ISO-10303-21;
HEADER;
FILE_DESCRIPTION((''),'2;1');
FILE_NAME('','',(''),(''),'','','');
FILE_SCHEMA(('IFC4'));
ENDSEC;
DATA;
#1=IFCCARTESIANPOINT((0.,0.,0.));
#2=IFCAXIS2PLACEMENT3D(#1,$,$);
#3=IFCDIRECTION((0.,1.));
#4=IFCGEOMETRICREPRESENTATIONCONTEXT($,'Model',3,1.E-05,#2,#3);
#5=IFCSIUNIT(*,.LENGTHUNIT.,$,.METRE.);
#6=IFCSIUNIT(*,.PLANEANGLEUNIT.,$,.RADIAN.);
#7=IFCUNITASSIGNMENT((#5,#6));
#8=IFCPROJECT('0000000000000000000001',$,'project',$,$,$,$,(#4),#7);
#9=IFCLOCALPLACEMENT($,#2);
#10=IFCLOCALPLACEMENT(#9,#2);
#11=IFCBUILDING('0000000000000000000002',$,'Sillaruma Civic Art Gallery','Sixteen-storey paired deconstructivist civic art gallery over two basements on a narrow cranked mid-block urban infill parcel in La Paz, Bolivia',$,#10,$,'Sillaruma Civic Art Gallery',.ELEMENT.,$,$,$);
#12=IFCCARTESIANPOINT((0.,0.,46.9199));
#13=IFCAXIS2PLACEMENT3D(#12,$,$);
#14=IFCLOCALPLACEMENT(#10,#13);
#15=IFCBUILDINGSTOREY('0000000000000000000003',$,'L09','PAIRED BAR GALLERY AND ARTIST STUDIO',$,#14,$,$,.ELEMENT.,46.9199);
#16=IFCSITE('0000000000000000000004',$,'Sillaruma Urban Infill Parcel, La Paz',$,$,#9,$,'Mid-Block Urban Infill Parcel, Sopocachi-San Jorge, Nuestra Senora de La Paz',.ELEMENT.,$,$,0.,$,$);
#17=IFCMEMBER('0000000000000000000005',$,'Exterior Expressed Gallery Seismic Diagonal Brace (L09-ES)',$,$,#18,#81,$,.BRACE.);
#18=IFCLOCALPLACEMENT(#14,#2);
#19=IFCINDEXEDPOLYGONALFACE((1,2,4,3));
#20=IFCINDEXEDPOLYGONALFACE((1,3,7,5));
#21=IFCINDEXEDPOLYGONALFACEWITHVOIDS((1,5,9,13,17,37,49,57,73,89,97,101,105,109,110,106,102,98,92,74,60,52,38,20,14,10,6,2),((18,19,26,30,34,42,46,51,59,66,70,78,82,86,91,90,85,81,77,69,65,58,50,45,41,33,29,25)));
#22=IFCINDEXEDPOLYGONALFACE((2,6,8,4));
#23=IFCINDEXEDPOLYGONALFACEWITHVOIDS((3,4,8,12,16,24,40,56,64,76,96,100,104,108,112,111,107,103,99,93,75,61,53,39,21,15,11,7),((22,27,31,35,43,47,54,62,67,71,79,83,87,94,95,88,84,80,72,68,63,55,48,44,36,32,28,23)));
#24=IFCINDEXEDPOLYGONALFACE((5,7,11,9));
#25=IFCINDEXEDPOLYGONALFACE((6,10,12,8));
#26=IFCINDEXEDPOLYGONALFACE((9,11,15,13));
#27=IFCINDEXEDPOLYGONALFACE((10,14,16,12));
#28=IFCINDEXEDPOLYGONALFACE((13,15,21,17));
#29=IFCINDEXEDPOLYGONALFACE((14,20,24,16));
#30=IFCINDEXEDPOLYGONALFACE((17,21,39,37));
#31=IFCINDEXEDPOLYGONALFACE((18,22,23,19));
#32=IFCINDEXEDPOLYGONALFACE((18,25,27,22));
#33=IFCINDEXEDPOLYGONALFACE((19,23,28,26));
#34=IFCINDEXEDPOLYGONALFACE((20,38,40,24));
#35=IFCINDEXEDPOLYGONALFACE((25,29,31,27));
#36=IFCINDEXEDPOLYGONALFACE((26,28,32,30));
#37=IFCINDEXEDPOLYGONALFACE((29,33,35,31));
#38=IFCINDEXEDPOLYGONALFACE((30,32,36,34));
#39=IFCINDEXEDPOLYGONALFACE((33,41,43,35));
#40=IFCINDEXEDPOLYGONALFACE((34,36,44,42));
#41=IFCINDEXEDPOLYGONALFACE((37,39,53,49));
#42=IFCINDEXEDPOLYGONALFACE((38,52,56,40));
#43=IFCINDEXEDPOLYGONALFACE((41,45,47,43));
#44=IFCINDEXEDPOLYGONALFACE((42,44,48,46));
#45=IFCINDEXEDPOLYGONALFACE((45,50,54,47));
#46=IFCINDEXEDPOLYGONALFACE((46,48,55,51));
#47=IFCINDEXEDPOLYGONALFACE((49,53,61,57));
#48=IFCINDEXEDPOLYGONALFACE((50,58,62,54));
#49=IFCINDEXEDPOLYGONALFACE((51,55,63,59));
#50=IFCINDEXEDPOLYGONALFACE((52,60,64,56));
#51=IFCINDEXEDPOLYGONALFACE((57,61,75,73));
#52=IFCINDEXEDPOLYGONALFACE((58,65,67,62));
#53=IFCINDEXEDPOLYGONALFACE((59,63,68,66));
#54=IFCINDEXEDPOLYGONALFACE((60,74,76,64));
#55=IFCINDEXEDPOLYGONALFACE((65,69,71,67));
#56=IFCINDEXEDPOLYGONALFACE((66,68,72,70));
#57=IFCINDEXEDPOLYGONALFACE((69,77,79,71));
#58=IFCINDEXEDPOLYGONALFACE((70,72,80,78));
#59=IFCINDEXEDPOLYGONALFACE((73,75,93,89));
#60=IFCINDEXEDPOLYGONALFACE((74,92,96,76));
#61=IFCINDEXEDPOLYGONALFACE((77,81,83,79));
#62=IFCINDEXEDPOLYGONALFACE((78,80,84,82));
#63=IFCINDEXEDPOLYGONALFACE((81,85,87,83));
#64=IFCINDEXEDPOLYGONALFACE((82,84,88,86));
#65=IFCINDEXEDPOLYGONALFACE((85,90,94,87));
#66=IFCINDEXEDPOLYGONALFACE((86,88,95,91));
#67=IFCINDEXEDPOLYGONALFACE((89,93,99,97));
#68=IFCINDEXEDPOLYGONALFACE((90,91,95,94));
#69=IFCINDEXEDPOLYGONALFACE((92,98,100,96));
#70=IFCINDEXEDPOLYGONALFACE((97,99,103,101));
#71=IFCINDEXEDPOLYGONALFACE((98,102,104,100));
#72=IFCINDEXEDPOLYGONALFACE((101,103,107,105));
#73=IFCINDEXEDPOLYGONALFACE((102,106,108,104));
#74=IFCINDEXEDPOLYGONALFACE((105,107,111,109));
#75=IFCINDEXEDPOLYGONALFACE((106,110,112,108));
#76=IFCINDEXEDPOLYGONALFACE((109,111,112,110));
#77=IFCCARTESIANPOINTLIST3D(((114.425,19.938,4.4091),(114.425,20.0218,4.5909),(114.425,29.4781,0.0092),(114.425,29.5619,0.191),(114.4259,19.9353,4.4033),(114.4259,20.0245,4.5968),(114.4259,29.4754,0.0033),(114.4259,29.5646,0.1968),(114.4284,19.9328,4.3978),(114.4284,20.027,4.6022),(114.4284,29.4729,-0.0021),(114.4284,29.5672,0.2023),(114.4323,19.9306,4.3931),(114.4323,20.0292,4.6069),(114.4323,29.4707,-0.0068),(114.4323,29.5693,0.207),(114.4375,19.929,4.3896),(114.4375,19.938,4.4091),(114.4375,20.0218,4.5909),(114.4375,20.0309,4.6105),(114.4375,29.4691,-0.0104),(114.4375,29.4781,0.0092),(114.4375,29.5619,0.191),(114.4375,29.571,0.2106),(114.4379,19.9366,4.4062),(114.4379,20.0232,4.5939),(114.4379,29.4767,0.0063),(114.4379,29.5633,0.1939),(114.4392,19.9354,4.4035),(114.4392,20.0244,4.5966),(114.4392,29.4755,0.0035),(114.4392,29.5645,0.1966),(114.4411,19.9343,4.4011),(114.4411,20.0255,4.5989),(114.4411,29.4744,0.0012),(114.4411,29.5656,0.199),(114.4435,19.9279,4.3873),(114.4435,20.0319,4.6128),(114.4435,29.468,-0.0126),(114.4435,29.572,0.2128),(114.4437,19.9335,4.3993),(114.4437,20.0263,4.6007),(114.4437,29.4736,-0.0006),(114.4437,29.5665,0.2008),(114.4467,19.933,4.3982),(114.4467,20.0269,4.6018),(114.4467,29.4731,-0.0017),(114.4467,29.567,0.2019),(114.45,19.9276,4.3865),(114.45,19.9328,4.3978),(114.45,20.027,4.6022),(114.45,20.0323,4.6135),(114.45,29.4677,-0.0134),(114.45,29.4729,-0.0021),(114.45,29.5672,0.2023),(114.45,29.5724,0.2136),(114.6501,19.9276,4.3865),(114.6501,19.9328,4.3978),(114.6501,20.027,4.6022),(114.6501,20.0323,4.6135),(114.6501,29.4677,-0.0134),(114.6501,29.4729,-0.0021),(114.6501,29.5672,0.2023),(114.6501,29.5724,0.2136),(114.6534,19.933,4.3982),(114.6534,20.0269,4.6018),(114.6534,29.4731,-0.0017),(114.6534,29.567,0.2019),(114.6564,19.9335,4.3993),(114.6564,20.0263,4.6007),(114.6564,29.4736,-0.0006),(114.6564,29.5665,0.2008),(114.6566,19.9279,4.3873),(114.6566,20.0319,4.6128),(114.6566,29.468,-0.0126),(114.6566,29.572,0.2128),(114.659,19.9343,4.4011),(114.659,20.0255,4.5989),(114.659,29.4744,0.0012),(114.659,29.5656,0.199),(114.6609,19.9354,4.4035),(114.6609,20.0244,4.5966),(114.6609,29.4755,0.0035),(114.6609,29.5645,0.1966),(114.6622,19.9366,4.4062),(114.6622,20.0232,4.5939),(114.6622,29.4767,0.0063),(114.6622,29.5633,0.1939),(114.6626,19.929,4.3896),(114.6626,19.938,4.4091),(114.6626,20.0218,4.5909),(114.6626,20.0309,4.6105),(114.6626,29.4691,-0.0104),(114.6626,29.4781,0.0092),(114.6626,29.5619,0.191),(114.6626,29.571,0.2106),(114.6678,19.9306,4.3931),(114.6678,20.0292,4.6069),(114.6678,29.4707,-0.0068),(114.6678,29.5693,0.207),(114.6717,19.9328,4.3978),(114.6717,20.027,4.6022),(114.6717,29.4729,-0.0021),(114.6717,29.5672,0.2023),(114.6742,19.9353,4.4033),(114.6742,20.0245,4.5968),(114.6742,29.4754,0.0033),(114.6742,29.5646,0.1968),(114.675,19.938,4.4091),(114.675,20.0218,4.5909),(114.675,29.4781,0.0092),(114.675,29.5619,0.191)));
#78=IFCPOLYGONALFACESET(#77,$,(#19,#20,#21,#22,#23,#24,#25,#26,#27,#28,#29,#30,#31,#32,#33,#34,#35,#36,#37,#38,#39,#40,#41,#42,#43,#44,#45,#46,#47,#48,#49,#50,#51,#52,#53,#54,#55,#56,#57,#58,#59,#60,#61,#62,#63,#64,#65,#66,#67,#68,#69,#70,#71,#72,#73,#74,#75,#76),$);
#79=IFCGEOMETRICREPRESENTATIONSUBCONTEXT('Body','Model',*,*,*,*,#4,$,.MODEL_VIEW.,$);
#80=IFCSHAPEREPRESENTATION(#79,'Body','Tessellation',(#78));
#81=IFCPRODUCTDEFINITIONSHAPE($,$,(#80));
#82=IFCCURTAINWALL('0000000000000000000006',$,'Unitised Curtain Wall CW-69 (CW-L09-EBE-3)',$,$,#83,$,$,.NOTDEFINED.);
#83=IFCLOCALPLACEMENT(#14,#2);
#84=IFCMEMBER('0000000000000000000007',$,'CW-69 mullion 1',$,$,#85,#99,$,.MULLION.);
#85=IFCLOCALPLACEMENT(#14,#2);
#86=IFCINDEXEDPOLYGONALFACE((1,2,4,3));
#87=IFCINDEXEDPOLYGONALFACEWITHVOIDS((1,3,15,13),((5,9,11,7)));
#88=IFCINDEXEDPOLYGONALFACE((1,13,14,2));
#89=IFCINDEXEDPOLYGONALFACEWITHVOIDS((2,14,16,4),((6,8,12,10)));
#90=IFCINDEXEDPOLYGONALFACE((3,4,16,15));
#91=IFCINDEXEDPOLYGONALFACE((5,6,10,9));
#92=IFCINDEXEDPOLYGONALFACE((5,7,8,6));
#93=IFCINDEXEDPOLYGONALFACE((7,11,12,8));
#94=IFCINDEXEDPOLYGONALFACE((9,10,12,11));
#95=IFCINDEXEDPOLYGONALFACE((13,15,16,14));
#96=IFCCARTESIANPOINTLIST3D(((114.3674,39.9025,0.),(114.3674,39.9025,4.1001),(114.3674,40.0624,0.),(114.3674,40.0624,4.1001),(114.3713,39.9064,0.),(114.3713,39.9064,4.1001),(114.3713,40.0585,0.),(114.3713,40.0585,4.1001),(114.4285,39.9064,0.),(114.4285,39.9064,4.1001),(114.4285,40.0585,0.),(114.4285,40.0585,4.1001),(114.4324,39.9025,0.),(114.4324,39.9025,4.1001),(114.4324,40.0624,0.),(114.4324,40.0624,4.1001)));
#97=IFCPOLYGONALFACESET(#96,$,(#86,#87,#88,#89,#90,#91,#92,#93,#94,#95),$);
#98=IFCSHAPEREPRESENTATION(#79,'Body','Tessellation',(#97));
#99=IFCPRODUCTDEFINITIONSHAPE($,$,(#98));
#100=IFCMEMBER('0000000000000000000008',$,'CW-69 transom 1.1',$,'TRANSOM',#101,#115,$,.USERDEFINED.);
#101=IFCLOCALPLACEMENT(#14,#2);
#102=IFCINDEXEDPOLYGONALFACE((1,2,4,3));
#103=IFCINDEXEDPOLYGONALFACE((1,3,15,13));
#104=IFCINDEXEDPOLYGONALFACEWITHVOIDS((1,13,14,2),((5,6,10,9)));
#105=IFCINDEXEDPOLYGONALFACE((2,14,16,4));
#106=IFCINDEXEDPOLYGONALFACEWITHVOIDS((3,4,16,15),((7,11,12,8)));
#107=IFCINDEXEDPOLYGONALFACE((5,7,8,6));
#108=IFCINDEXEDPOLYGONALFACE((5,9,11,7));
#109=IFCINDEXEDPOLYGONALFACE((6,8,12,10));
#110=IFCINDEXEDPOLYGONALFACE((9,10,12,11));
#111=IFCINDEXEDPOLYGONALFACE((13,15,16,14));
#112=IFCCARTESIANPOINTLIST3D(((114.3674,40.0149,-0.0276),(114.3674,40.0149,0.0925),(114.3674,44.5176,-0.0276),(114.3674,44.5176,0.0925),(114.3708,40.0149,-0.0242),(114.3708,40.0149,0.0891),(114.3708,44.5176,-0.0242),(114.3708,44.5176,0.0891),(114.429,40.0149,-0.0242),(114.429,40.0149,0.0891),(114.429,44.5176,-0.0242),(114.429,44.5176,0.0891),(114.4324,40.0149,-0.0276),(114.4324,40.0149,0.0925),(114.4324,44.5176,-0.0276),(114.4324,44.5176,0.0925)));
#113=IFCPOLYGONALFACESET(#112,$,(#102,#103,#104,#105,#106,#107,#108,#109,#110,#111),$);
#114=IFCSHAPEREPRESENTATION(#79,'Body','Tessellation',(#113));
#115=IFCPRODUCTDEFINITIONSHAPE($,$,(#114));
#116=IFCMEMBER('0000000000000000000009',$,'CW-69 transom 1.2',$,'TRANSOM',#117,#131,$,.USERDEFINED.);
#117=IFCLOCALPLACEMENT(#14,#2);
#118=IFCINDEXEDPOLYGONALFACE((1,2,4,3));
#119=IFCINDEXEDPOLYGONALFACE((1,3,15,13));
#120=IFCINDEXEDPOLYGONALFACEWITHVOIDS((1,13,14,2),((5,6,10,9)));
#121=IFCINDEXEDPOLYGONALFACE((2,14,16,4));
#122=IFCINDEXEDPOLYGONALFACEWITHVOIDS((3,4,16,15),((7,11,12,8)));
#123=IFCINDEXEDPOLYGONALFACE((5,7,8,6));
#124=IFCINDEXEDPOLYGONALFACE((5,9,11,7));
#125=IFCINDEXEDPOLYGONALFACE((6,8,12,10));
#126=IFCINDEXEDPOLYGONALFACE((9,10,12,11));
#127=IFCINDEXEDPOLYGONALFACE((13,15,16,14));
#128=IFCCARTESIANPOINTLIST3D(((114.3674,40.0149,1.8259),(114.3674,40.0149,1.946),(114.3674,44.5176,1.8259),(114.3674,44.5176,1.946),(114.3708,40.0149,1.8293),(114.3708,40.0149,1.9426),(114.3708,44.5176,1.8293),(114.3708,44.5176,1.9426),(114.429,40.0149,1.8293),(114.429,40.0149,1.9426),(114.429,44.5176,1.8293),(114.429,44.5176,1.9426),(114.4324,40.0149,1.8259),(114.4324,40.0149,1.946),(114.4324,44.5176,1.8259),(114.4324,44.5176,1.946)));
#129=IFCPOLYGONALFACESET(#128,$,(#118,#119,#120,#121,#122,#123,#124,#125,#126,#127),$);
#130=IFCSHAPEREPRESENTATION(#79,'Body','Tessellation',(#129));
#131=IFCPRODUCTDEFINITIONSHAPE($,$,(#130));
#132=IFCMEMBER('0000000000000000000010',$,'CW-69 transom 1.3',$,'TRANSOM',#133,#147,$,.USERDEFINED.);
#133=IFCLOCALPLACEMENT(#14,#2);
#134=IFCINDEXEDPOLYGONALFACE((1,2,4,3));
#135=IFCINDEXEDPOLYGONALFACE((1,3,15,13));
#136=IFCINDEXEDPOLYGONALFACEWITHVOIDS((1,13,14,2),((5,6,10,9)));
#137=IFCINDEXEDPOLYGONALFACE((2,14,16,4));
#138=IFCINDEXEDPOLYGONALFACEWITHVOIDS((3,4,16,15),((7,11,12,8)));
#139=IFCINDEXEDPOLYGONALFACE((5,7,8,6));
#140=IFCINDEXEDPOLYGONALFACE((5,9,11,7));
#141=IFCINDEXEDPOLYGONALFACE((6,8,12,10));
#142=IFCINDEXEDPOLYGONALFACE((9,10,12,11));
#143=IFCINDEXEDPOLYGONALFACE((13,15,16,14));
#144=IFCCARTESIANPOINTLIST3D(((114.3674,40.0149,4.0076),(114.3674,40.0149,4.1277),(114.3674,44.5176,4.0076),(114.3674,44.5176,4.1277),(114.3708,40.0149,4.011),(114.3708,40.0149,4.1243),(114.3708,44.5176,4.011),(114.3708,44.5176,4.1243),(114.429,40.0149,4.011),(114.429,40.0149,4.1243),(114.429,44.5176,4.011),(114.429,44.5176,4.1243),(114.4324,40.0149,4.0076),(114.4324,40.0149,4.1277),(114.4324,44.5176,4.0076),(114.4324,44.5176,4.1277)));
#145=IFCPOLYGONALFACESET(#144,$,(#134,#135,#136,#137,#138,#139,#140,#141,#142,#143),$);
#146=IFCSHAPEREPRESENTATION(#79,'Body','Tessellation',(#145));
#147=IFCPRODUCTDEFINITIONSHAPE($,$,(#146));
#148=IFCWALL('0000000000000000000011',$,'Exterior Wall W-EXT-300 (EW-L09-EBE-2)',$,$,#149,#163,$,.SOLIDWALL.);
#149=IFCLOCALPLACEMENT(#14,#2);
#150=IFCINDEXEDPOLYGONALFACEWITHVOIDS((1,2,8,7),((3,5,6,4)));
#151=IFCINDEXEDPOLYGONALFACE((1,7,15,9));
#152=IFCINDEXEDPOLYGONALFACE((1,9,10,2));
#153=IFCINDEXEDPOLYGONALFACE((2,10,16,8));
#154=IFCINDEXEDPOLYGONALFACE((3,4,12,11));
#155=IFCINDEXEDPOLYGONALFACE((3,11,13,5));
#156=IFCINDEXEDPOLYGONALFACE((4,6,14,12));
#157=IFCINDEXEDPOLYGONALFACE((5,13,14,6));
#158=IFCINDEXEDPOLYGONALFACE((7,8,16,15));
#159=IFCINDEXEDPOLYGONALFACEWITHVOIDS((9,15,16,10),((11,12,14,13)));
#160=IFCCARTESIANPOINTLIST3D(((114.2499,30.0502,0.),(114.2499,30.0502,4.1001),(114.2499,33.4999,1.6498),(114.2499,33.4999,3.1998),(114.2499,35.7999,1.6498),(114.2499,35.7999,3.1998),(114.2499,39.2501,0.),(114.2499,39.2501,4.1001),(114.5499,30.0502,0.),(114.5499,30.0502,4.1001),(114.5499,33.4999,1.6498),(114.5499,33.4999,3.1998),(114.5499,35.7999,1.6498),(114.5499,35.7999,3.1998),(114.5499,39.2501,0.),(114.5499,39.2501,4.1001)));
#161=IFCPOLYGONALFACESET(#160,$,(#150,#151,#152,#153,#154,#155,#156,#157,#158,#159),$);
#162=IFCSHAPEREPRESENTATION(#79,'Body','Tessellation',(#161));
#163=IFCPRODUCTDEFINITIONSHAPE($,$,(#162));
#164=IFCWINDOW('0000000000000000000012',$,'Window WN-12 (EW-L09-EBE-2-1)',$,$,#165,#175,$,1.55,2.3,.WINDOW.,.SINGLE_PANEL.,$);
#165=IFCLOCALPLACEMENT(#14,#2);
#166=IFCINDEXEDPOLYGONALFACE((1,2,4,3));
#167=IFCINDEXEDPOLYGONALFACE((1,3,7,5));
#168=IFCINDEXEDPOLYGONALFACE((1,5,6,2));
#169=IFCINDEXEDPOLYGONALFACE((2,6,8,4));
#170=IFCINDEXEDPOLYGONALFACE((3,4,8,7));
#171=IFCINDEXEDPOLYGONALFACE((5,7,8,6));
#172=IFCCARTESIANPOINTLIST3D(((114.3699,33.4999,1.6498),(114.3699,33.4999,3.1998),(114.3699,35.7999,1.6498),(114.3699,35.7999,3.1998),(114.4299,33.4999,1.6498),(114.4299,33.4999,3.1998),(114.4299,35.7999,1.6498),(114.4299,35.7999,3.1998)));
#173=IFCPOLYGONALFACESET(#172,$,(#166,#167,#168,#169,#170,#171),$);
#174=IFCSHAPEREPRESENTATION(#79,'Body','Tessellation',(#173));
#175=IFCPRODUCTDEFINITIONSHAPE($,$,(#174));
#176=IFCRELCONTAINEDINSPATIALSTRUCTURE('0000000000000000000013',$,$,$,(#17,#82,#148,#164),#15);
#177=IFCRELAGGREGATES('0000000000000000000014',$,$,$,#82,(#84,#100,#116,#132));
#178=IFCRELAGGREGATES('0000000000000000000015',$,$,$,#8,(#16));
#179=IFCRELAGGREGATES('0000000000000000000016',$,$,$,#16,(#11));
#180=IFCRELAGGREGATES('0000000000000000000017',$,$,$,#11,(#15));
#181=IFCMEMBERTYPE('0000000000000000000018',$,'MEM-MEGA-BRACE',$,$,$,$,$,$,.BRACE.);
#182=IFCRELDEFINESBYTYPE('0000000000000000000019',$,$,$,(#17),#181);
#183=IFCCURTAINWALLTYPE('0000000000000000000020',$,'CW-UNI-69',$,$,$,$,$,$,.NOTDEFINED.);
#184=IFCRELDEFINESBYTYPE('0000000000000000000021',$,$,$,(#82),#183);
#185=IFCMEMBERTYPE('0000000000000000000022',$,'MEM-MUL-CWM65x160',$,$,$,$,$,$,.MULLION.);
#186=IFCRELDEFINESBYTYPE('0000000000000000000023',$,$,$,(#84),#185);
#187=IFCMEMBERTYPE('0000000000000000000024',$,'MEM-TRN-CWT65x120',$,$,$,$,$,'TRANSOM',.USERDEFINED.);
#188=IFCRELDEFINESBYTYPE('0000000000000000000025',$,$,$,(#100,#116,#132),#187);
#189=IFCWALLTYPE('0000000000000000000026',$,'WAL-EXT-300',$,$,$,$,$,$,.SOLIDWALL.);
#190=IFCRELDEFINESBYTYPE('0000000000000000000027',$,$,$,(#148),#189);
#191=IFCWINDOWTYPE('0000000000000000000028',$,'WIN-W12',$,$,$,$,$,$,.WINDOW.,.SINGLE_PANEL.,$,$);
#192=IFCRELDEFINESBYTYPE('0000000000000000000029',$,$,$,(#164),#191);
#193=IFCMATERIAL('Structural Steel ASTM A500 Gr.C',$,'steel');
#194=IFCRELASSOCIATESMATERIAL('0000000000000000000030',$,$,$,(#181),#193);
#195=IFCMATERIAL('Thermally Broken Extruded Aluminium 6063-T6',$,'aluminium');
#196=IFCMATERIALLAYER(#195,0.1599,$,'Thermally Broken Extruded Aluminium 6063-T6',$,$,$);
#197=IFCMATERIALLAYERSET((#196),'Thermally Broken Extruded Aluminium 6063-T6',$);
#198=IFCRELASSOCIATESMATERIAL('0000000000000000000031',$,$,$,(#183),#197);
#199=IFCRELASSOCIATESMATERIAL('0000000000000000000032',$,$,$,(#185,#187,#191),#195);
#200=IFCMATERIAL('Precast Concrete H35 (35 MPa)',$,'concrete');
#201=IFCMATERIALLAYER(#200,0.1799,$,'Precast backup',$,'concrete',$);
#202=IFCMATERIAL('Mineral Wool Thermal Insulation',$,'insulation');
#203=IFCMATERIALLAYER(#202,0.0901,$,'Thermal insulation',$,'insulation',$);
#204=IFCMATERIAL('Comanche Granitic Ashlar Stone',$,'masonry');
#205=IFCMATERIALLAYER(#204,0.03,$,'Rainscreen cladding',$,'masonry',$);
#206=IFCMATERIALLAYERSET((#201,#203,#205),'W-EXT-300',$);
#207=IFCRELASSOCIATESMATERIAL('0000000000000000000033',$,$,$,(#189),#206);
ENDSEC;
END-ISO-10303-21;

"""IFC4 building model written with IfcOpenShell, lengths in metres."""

from ifc_helpers import new_model, si_unit, direction, frame, frame_2d, origin, origin_2d, place, context, subcontext, project, spatial, rectangle, hollow_rectangle, extrude, material, layer, layer_set, material_profile, profile_set, type_object, element, fill, aggregate, save


model = new_model("IFC4")

# Units and contexts
model_context = context("Model", 3, precision=1e-05, world=origin(), true_north=direction((0.0, 1.0)))
body_context = subcontext(model_context, "Body", "Model", "MODEL_VIEW")
ifc_project = project(units=[si_unit("LENGTHUNIT", "METRE"), si_unit("PLANEANGLEUNIT", "RADIAN")], contexts=[model_context])

# Site, building, storey
site_placement = place(None, origin())
site = spatial("IfcSite", under=ifc_project, at=site_placement, Name="Sillaruma Urban Infill Parcel, La Paz", LongName="Mid-Block Urban Infill Parcel, Sopocachi-San Jorge, Nuestra Senora de La Paz", CompositionType="ELEMENT", RefElevation=0.0)
building_placement = place(site_placement, origin())
building = spatial("IfcBuilding", under=site, at=building_placement, Name="Sillaruma Civic Art Gallery", Description="Sixteen-storey paired deconstructivist civic art gallery over two basements on a narrow cranked mid-block urban infill parcel in La Paz, Bolivia", LongName="Sillaruma Civic Art Gallery", CompositionType="ELEMENT")
storey_placement = place(building_placement, frame((0.0, 0.0, 46.9199)))
storey = spatial("IfcBuildingStorey", under=building, at=storey_placement, Name="L09", Description="PAIRED BAR GALLERY AND ARTIST STUDIO", CompositionType="ELEMENT", Elevation=46.9199)

# Member
ifc_material_1 = material(Name="Structural Steel ASTM A500 Gr.C", Category="steel")
ifc_material_profile_1 = material_profile(ifc_material_1, hollow_rectangle(XDim=0.25, YDim=0.25, WallThickness=0.0125, InnerFilletRadius=0.0125, OuterFilletRadius=0.0249, at=origin_2d()), Name="HSS250x250x12.5")
ifc_profile_set_1 = profile_set([ifc_material_profile_1], Name="Structural Steel ASTM A500 Gr.C")
member_type_1 = type_object("IfcMemberType", Name="MEM-MEGA-BRACE", PredefinedType="BRACE", material=ifc_profile_set_1)
member_1_placement = place(storey_placement, frame((114.55, 29.52, 0.1001), z_axis=(0.0, -0.908075, 0.418808), x_axis=(1.0, 0.0, 0.0)))
element("IfcMember", 1, at=member_1_placement, inside=storey, type_object=member_type_1, Name="Exterior Expressed Gallery Seismic Diagonal Brace (L09-ES)", PredefinedType="BRACE", context=body_context, shape_type="SweptSolid", body=[
    extrude(hollow_rectangle(XDim=0.25, YDim=0.25, WallThickness=0.0125, InnerFilletRadius=0.0125, OuterFilletRadius=0.0249, at=origin_2d()), origin(), (0.0, 0.0, 1.0), 10.5059),
])

# Curtain wall, members
ifc_material_2 = material(Name="Thermally Broken Extruded Aluminium 6063-T6", Category="aluminium")
ifc_layer_1 = layer(ifc_material_2, 0.1599, Name="Thermally Broken Extruded Aluminium 6063-T6")
ifc_layer_set_1 = layer_set([ifc_layer_1], Name="Thermally Broken Extruded Aluminium 6063-T6")
curtain_wall_type = type_object("IfcCurtainWallType", Name="CW-UNI-69", PredefinedType="NOTDEFINED", material=ifc_layer_set_1)
curtain_wall_placement = place(storey_placement, origin())
curtain_wall = element("IfcCurtainWall", 2, at=curtain_wall_placement, inside=storey, type_object=curtain_wall_type, Name="Unitised Curtain Wall CW-69 (CW-L09-EBE-3)", PredefinedType="NOTDEFINED")
ifc_material_profile_2 = material_profile(ifc_material_2, hollow_rectangle(XDim=0.0649, YDim=0.1599, WallThickness=0.0039, at=origin_2d()), Name="CWM65x160")
ifc_profile_set_2 = profile_set([ifc_material_profile_2], Name="Thermally Broken Extruded Aluminium 6063-T6")
member_type_2 = type_object("IfcMemberType", Name="MEM-MUL-CWM65x160", PredefinedType="MULLION", material=ifc_profile_set_2)
member_2_placement = place(storey_placement, frame((114.3999, 39.9824, 0.0), z_axis=(0.0, 0.0, 1.0), x_axis=(-1.0, 0.0, 0.0)))
member_2 = element("IfcMember", 3, at=member_2_placement, type_object=member_type_2, Name="CW-69 mullion 1", PredefinedType="MULLION", context=body_context, shape_type="SweptSolid", body=[
    extrude(hollow_rectangle(XDim=0.0649, YDim=0.1599, WallThickness=0.0039, at=origin_2d()), origin(), (0.0, 0.0, 1.0), 4.1001),
])
ifc_material_profile_3 = material_profile(ifc_material_2, hollow_rectangle(XDim=0.0649, YDim=0.1201, WallThickness=0.0034, at=origin_2d()), Name="CWT65x120")
ifc_profile_set_3 = profile_set([ifc_material_profile_3], Name="Thermally Broken Extruded Aluminium 6063-T6")
member_type_3 = type_object("IfcMemberType", Name="MEM-TRN-CWT65x120", ElementType="TRANSOM", PredefinedType="USERDEFINED", material=ifc_profile_set_3)
member_3_placement = place(storey_placement, frame((114.3999, 40.0149, 0.0325), z_axis=(0.0, 1.0, 0.0), x_axis=(-1.0, 0.0, 0.0)))
member_3 = element("IfcMember", 4, at=member_3_placement, type_object=member_type_3, Name="CW-69 transom 1.1", ObjectType="TRANSOM", PredefinedType="USERDEFINED", context=body_context, shape_type="SweptSolid", body=[
    extrude(hollow_rectangle(XDim=0.0649, YDim=0.1201, WallThickness=0.0034, at=origin_2d()), origin(), (0.0, 0.0, 1.0), 4.5027),
])
member_4_placement = place(storey_placement, frame((114.3999, 40.0149, 1.886), z_axis=(0.0, 1.0, 0.0), x_axis=(-1.0, 0.0, 0.0)))
member_4 = element("IfcMember", 5, at=member_4_placement, type_object=member_type_3, Name="CW-69 transom 1.2", ObjectType="TRANSOM", PredefinedType="USERDEFINED", context=body_context, shape_type="SweptSolid", body=[
    extrude(hollow_rectangle(XDim=0.0649, YDim=0.1201, WallThickness=0.0034, at=origin_2d()), origin(), (0.0, 0.0, 1.0), 4.5027),
])
member_5_placement = place(storey_placement, frame((114.3999, 40.0149, 4.0676), z_axis=(0.0, 1.0, 0.0), x_axis=(-1.0, 0.0, 0.0)))
member_5 = element("IfcMember", 6, at=member_5_placement, type_object=member_type_3, Name="CW-69 transom 1.3", ObjectType="TRANSOM", PredefinedType="USERDEFINED", context=body_context, shape_type="SweptSolid", body=[
    extrude(hollow_rectangle(XDim=0.0649, YDim=0.1201, WallThickness=0.0034, at=origin_2d()), origin(), (0.0, 0.0, 1.0), 4.5027),
])
aggregate(curtain_wall, [member_2, member_3, member_4, member_5])

# Wall, opening, window
ifc_material_3 = material(Name="Precast Concrete H35 (35 MPa)", Category="concrete")
ifc_layer_2 = layer(ifc_material_3, 0.1799, Name="Precast backup", Category="concrete")
ifc_material_4 = material(Name="Mineral Wool Thermal Insulation", Category="insulation")
ifc_layer_3 = layer(ifc_material_4, 0.0901, Name="Thermal insulation", Category="insulation")
ifc_material_5 = material(Name="Comanche Granitic Ashlar Stone", Category="masonry")
ifc_layer_4 = layer(ifc_material_5, 0.03, Name="Rainscreen cladding", Category="masonry")
ifc_layer_set_2 = layer_set([ifc_layer_2, ifc_layer_3, ifc_layer_4], Name="W-EXT-300")
wall_type_1 = type_object("IfcWallType", Name="WAL-EXT-300", PredefinedType="SOLIDWALL", material=ifc_layer_set_2)
wall_1_placement = place(storey_placement, frame((114.3999, 30.05, 0.0), z_axis=(0.0, 0.0, 1.0), x_axis=(0.0, 1.0, 0.0)))
wall_1 = element("IfcWall", 7, at=wall_1_placement, inside=storey, type_object=wall_type_1, Name="Exterior Wall W-EXT-300 (EW-L09-EBE-2)", PredefinedType="SOLIDWALL", context=body_context, shape_type="SweptSolid", body=[
    extrude(rectangle(XDim=9.2, YDim=0.3, at=frame_2d((4.6001, 0.0))), origin(), (0.0, 0.0, 1.0), 4.1001),
])
opening_1_placement = place(wall_1_placement, frame((3.45, 0.0, 1.6499)))
opening_1 = element("IfcOpeningElement", 8, at=opening_1_placement, cuts=wall_1, PredefinedType="OPENING", context=body_context, shape_type="SweptSolid", body=[
    extrude(rectangle(XDim=2.3, YDim=1.55, at=frame_2d((1.1499, 0.7749))), frame((0.0, 0.1599, 0.0), z_axis=(0.0, -1.0, 0.0), x_axis=(1.0, 0.0, 0.0)), (0.0, 0.0, 1.0), 0.3201),
])
window_type = type_object("IfcWindowType", Name="WIN-W12", PartitioningType="SINGLE_PANEL", PredefinedType="WINDOW", material=ifc_material_2)
window_placement = place(opening_1_placement, origin())
window = element("IfcWindow", 9, at=window_placement, inside=storey, type_object=window_type, Name="Window WN-12 (EW-L09-EBE-2-1)", OverallHeight=1.55, OverallWidth=2.3, PartitioningType="SINGLE_PANEL", PredefinedType="WINDOW", context=body_context, shape_type="SweptSolid", body=[
    extrude(rectangle(XDim=2.3, YDim=1.55, at=frame_2d((1.1499, 0.7749))), frame((0.0, 0.03, 0.0), z_axis=(0.0, -1.0, 0.0), x_axis=(1.0, 0.0, 0.0)), (0.0, 0.0, 1.0), 0.0601),
])
fill(opening_1, window)

save(model, "model.ifc")
